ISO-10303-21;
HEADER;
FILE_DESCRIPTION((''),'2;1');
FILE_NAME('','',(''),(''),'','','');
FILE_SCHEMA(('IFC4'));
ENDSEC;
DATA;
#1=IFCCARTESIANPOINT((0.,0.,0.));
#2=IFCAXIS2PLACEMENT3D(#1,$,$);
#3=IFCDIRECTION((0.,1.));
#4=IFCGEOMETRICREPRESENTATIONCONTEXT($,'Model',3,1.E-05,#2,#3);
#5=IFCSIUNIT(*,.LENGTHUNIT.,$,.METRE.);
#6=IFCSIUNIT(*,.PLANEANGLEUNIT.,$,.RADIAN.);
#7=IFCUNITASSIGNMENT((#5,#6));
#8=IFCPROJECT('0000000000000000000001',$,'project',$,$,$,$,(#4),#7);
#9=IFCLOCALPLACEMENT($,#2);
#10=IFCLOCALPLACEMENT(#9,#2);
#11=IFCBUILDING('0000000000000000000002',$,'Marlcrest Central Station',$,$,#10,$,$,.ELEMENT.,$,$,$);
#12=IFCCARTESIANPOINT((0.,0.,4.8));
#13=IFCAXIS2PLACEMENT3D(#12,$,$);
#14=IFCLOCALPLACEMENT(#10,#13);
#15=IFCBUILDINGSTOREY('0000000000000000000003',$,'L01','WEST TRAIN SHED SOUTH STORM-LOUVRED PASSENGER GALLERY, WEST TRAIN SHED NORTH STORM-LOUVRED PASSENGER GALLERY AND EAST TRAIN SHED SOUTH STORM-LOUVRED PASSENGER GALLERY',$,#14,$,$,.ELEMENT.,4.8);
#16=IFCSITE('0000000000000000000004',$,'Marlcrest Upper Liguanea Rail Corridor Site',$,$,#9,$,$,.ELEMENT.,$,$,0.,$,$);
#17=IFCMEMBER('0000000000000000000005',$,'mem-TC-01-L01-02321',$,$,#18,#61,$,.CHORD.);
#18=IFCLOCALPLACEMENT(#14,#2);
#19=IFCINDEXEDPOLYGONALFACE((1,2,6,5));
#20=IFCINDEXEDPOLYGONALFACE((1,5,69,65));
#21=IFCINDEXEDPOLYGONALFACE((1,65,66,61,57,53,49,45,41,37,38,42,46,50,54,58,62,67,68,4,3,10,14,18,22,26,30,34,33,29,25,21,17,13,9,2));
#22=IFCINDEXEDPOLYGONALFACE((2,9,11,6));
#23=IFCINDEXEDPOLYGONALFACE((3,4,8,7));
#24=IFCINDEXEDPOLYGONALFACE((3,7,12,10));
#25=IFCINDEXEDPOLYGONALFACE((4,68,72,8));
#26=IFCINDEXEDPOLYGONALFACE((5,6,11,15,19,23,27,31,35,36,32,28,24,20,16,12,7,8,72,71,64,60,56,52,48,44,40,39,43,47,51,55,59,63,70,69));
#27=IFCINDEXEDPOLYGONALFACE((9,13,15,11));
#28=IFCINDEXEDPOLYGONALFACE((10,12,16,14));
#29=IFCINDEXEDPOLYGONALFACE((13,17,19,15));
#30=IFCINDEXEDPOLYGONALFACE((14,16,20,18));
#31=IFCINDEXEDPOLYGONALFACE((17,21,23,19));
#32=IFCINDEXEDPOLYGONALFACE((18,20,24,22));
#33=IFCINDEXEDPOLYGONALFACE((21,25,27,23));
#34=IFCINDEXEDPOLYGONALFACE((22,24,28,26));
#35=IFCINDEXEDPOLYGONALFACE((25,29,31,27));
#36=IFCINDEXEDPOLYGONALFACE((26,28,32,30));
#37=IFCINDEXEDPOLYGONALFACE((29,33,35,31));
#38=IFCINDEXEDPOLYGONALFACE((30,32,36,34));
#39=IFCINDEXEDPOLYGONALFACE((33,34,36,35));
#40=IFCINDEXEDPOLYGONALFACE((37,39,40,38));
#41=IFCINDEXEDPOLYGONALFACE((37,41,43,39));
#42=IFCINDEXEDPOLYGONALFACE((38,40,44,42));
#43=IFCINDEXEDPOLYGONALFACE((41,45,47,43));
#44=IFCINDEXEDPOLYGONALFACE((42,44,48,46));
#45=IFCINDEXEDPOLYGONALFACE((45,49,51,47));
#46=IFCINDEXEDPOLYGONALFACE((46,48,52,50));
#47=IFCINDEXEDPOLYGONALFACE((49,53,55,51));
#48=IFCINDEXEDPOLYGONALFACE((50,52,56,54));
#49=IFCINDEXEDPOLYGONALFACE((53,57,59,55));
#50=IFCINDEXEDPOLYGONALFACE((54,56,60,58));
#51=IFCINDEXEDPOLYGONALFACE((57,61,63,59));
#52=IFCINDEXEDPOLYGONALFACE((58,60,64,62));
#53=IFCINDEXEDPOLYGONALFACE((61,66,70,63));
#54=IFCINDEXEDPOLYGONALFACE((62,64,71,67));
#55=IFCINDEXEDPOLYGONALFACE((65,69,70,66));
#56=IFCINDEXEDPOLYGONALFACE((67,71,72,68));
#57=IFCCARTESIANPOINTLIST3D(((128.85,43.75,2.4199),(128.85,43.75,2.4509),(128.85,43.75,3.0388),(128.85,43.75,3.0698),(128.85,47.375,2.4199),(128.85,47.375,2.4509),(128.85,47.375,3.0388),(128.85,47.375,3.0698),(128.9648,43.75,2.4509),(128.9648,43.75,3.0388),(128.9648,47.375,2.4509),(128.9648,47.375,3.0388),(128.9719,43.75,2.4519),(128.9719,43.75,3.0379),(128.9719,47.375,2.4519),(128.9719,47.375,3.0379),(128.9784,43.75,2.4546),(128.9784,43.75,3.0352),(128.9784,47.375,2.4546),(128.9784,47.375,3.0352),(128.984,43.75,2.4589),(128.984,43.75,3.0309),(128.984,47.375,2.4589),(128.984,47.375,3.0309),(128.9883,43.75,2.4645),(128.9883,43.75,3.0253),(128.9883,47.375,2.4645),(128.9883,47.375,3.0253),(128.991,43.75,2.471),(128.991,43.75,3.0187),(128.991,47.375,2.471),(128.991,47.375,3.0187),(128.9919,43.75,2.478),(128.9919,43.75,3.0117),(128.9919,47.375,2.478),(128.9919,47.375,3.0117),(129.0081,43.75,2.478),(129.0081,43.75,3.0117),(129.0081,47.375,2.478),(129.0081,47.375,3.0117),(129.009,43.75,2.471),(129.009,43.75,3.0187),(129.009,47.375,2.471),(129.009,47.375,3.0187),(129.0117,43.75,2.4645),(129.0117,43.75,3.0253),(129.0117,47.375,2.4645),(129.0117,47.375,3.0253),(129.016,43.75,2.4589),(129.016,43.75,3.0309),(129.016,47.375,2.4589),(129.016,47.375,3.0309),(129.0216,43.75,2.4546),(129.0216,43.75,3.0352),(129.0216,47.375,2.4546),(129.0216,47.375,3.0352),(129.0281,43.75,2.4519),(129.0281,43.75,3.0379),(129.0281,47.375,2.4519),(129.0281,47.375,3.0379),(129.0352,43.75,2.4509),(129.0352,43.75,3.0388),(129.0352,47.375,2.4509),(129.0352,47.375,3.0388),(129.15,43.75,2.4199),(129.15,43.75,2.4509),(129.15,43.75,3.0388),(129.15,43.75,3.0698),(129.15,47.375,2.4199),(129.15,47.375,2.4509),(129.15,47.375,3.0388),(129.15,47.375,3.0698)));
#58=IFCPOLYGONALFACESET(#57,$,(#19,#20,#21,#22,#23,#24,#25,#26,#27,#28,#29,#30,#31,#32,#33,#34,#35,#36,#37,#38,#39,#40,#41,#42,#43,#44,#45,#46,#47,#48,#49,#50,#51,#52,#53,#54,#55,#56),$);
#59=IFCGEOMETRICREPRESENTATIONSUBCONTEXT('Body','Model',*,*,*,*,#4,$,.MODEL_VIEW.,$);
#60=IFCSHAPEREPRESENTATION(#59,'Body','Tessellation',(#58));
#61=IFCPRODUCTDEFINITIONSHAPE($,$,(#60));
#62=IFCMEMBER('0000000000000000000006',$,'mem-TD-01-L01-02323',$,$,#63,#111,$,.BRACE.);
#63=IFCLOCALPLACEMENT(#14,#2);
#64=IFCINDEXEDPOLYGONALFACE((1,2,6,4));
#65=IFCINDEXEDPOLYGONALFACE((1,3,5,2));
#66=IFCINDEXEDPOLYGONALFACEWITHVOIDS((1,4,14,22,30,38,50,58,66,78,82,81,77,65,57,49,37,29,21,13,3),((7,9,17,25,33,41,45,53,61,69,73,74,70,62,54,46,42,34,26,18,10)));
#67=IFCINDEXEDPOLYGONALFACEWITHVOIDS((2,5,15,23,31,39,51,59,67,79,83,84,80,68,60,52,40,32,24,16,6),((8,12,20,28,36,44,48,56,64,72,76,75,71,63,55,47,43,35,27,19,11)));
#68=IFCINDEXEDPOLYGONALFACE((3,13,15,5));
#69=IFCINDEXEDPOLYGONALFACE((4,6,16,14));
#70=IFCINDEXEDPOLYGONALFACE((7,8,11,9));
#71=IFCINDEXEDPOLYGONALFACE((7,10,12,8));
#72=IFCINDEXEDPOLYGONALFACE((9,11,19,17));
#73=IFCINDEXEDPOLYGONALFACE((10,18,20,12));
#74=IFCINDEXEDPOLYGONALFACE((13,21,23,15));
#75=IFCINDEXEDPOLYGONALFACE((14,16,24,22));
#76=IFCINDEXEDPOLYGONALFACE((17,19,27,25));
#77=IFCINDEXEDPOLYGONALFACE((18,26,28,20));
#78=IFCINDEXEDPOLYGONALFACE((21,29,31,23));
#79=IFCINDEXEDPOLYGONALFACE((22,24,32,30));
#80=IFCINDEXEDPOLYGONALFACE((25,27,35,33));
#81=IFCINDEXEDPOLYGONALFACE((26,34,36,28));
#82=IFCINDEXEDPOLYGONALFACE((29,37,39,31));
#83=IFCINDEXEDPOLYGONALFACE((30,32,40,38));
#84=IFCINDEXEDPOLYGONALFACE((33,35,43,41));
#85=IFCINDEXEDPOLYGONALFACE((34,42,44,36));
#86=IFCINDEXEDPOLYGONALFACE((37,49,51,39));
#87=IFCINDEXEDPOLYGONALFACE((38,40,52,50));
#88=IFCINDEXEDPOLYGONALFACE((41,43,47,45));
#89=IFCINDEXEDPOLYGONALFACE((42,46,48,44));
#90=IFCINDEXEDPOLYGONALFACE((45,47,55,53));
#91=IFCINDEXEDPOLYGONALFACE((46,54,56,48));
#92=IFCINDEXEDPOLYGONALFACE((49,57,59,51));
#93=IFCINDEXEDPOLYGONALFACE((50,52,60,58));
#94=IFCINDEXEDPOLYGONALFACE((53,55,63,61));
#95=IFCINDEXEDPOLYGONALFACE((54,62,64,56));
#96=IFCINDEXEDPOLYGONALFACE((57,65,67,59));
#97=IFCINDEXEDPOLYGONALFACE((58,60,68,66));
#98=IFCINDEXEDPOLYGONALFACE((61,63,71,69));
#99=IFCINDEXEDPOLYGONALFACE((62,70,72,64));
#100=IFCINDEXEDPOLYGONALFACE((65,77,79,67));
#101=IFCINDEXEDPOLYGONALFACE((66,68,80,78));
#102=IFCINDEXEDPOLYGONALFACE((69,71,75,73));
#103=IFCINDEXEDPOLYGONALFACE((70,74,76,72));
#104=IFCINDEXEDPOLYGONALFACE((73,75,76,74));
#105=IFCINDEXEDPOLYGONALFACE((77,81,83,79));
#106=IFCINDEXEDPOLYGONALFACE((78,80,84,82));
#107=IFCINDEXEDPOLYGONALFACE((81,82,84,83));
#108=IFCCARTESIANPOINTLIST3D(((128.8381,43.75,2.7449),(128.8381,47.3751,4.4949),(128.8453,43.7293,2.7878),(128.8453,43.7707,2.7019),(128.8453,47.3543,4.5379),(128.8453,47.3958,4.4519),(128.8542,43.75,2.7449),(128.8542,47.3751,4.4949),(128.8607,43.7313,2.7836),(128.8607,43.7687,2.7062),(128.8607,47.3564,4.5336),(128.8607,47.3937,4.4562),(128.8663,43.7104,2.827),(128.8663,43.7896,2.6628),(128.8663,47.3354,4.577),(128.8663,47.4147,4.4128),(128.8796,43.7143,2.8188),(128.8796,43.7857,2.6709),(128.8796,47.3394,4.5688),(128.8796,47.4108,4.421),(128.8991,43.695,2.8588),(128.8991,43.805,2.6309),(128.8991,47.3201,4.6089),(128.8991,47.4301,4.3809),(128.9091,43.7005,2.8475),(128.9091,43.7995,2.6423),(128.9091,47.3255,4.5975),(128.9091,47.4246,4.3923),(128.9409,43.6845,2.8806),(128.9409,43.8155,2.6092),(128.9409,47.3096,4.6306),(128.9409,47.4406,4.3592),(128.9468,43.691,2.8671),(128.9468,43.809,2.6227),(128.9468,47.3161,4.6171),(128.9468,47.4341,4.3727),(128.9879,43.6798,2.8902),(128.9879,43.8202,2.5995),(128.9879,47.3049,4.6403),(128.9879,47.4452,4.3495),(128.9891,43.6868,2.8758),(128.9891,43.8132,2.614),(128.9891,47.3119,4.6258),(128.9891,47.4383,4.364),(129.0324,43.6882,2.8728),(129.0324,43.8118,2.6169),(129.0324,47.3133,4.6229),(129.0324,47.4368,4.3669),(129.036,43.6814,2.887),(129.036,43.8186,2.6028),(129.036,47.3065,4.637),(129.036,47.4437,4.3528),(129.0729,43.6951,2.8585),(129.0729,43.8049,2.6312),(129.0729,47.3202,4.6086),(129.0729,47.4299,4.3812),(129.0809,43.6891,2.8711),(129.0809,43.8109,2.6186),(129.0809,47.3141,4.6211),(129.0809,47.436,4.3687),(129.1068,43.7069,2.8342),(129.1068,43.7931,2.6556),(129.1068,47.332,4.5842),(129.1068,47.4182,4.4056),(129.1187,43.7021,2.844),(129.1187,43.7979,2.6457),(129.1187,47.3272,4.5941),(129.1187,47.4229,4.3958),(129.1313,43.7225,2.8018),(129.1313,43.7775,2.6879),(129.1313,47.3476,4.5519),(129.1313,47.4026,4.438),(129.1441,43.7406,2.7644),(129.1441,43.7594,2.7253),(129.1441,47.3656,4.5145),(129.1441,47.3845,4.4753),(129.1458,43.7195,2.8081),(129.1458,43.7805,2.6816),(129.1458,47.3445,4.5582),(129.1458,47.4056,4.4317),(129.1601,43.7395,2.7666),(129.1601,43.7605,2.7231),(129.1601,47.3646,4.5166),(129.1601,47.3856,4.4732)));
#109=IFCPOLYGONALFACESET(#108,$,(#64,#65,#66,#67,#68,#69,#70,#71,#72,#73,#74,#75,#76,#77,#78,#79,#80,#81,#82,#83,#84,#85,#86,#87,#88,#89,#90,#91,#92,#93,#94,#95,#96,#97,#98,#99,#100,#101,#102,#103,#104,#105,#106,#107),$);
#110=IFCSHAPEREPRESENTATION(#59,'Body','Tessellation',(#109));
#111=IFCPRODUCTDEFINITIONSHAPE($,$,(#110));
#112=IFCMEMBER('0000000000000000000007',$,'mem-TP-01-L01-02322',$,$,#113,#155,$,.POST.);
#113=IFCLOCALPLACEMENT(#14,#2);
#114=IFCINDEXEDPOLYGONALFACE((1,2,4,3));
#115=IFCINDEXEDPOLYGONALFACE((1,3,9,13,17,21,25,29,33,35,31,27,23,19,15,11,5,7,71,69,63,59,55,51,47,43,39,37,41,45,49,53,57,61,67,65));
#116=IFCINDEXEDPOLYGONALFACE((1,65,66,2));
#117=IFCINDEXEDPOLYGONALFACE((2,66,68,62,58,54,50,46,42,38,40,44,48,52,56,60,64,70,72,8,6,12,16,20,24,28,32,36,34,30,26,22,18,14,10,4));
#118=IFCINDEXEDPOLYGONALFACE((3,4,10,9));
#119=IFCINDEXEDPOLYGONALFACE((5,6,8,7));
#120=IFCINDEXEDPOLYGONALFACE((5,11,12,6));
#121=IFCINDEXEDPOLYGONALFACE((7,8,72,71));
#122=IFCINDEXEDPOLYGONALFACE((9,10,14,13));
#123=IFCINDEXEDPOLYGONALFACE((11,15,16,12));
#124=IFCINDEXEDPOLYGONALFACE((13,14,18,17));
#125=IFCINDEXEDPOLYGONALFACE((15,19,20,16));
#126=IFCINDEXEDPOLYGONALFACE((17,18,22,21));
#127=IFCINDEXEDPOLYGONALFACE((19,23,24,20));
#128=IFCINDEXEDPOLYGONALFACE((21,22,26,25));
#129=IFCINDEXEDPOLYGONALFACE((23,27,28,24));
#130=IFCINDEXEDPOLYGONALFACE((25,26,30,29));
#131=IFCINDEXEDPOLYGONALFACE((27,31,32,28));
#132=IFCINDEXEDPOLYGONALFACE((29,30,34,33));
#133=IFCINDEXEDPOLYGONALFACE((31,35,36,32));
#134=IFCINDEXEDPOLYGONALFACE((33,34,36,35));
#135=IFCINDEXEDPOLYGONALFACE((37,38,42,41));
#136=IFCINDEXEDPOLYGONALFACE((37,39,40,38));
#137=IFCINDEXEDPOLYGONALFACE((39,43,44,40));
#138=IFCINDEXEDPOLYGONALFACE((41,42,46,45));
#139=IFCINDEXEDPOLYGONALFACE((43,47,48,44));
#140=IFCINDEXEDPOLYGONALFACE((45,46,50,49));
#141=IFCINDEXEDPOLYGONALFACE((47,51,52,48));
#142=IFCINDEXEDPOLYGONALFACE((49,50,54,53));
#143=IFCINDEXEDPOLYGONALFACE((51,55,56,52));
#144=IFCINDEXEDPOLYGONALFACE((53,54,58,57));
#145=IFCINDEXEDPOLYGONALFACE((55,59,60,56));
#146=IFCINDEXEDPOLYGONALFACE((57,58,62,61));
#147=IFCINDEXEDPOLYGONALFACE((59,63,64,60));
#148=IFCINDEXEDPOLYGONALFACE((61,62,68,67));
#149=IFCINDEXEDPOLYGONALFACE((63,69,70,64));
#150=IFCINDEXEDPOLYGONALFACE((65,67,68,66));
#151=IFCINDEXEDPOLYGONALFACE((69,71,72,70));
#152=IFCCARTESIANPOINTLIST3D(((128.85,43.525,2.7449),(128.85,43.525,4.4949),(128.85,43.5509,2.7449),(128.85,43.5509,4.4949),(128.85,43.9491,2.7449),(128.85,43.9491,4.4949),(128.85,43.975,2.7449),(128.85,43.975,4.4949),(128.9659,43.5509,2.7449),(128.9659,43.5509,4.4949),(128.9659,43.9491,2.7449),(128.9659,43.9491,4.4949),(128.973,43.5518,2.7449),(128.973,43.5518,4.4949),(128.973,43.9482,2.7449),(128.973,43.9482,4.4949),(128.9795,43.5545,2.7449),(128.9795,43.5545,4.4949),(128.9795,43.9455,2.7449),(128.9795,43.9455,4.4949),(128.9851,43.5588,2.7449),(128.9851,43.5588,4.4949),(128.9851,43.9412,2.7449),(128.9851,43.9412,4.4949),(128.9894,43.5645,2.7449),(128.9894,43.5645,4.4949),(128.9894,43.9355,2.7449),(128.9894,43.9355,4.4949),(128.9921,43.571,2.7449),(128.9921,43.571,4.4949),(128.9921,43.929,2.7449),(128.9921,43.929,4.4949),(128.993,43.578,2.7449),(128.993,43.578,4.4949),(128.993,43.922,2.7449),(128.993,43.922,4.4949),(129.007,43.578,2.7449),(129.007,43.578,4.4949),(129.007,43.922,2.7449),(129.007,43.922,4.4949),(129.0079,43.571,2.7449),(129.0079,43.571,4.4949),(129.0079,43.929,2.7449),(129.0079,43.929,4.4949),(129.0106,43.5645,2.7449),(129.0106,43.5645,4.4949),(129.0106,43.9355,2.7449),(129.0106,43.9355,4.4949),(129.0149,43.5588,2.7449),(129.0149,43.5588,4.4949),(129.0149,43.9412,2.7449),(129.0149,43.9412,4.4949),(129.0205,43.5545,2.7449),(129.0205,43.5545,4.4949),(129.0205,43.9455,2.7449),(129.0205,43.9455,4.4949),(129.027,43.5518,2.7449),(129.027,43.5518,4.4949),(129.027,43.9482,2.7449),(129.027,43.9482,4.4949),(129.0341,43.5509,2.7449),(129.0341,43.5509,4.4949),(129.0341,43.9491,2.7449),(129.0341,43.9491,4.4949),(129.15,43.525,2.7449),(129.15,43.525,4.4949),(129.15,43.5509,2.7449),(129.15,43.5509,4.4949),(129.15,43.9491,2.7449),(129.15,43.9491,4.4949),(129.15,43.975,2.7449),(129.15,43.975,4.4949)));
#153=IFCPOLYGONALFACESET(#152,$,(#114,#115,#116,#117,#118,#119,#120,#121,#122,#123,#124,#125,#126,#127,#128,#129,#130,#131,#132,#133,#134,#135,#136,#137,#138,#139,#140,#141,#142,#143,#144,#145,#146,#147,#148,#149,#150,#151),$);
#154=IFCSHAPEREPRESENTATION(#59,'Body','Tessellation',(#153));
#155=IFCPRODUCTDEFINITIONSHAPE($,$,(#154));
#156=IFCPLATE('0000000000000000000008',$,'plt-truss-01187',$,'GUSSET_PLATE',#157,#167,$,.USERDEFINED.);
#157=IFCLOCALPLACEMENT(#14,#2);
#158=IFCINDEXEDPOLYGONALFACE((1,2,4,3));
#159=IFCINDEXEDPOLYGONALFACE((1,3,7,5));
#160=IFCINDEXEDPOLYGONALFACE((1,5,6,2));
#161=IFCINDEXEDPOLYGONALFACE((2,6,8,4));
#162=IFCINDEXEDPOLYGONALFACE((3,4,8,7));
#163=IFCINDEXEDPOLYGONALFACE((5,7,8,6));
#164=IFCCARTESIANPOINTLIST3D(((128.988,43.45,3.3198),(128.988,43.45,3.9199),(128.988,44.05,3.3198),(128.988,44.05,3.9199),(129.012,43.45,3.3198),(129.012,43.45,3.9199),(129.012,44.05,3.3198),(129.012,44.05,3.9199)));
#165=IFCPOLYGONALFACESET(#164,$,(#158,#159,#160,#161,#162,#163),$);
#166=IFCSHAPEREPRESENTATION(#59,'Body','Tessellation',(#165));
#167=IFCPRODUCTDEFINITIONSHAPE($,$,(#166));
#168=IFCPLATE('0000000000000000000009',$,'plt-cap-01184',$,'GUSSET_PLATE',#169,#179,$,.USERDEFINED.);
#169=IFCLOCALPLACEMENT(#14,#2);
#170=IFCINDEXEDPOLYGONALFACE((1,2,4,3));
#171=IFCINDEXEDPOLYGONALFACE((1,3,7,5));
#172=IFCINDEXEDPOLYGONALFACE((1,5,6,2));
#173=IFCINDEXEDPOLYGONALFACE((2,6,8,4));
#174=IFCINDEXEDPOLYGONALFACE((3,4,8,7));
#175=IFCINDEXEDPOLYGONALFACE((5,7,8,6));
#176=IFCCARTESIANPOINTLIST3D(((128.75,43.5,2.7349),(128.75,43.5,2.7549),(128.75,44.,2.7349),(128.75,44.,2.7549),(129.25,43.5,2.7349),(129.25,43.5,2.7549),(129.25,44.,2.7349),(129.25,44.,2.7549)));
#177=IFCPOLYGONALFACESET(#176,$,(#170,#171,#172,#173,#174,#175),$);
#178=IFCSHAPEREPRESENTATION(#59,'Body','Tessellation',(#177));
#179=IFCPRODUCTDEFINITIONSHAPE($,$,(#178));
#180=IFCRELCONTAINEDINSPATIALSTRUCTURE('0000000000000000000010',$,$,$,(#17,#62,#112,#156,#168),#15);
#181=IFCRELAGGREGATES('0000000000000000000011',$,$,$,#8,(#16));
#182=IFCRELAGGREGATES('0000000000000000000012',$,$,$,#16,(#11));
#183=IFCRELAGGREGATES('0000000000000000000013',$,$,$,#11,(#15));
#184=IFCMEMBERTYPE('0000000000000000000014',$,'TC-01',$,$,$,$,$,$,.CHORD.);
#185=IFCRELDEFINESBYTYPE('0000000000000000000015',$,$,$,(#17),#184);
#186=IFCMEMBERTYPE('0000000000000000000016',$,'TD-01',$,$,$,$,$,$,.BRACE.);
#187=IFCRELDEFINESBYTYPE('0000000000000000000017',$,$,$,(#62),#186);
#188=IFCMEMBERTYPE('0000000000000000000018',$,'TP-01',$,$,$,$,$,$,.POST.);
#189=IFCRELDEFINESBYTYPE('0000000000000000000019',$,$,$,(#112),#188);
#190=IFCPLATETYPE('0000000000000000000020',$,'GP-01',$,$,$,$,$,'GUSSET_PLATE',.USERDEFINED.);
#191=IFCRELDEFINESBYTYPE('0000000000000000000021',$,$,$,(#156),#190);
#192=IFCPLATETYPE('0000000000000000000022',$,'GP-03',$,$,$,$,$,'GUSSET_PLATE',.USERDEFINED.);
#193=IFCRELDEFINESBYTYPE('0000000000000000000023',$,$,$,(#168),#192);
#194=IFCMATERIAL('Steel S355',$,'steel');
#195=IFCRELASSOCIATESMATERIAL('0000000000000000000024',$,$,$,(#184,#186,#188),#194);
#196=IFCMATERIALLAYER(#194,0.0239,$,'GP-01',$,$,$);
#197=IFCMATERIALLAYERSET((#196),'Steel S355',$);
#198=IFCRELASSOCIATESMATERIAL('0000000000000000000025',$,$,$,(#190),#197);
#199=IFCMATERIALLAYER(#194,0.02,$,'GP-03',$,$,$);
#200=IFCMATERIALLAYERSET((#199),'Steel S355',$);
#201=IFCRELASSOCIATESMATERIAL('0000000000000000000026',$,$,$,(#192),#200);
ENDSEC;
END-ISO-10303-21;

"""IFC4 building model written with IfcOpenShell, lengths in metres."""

from ifc_helpers import new_model, si_unit, direction, frame, origin, origin_2d, place, context, subcontext, project, spatial, rectangle, hollow_circle, i_section, extrude, material, layer, layer_set, material_profile, profile_set, type_object, element, save


model = new_model("IFC4")

# Units and contexts
model_context = context("Model", 3, precision=1e-05, world=origin(), true_north=direction((0.0, 1.0)))
body_context = subcontext(model_context, "Body", "Model", "MODEL_VIEW")
ifc_project = project(units=[si_unit("LENGTHUNIT", "METRE"), si_unit("PLANEANGLEUNIT", "RADIAN")], contexts=[model_context])

# Site, building, storey
site_placement = place(None, origin())
site = spatial("IfcSite", under=ifc_project, at=site_placement, Name="Marlcrest Upper Liguanea Rail Corridor Site", CompositionType="ELEMENT", RefElevation=0.0)
building_placement = place(site_placement, origin())
building = spatial("IfcBuilding", under=site, at=building_placement, Name="Marlcrest Central Station", CompositionType="ELEMENT")
storey_placement = place(building_placement, frame((0.0, 0.0, 4.8)))
storey = spatial("IfcBuildingStorey", under=building, at=storey_placement, Name="L01", Description="WEST TRAIN SHED SOUTH STORM-LOUVRED PASSENGER GALLERY, WEST TRAIN SHED NORTH STORM-LOUVRED PASSENGER GALLERY AND EAST TRAIN SHED SOUTH STORM-LOUVRED PASSENGER GALLERY", CompositionType="ELEMENT", Elevation=4.8)

# Shared definitions
ifc_material_1 = material(Name="Steel S355", Category="steel")

# Members
ifc_material_profile_1 = material_profile(ifc_material_1, i_section(OverallWidth=0.3, OverallDepth=0.6499, WebThickness=0.0161, FlangeThickness=0.031, FilletRadius=0.0271, at=origin_2d()), Name="HEB 650")
ifc_profile_set_1 = profile_set([ifc_material_profile_1], Name="Steel S355")
member_type_1 = type_object("IfcMemberType", Name="TC-01", PredefinedType="CHORD", material=ifc_profile_set_1)
member_1_placement = place(storey_placement, frame((129.0, 43.75, 2.7449), z_axis=(0.0, 1.0, 0.0), x_axis=(-1.0, 0.0, 0.0)))
element("IfcMember", 1, at=member_1_placement, inside=storey, type_object=member_type_1, Name="mem-TC-01-L01-02321", PredefinedType="CHORD", context=body_context, shape_type="SweptSolid", body=[
    extrude(i_section(OverallWidth=0.3, OverallDepth=0.6499, WebThickness=0.0161, FlangeThickness=0.031, FilletRadius=0.0271, at=origin_2d()), origin(), (0.0, 0.0, 1.0), 3.625),
])
ifc_material_profile_2 = material_profile(ifc_material_1, hollow_circle(Radius=0.1619, WallThickness=0.0161, at=origin_2d()), Name="CHS 323.9x16")
ifc_profile_set_2 = profile_set([ifc_material_profile_2], Name="Steel S355")
member_type_2 = type_object("IfcMemberType", Name="TD-01", PredefinedType="BRACE", material=ifc_profile_set_2)
member_2_placement = place(storey_placement, frame((129.0, 43.75, 2.7449), z_axis=(0.0, 0.900552, 0.434749), x_axis=(-1.0, 0.0, 0.0)))
element("IfcMember", 2, at=member_2_placement, inside=storey, type_object=member_type_2, Name="mem-TD-01-L01-02323", PredefinedType="BRACE", context=body_context, shape_type="SweptSolid", body=[
    extrude(hollow_circle(Radius=0.1619, WallThickness=0.0161, at=origin_2d()), origin(), (0.0, 0.0, 1.0), 4.0254),
])
ifc_material_profile_3 = material_profile(ifc_material_1, i_section(OverallWidth=0.3, OverallDepth=0.45, WebThickness=0.0139, FlangeThickness=0.0259, FilletRadius=0.0271, at=origin_2d()), Name="HEB 450")
ifc_profile_set_3 = profile_set([ifc_material_profile_3], Name="Steel S355")
member_type_3 = type_object("IfcMemberType", Name="TP-01", PredefinedType="POST", material=ifc_profile_set_3)
member_3_placement = place(storey_placement, frame((129.0, 43.75, 2.7449), z_axis=(0.0, 0.0, 1.0), x_axis=(1.0, 0.0, 0.0)))
element("IfcMember", 3, at=member_3_placement, inside=storey, type_object=member_type_3, Name="mem-TP-01-L01-02322", PredefinedType="POST", context=body_context, shape_type="SweptSolid", body=[
    extrude(i_section(OverallWidth=0.3, OverallDepth=0.45, WebThickness=0.0139, FlangeThickness=0.0259, FilletRadius=0.0271, at=origin_2d()), origin(), (0.0, 0.0, 1.0), 1.75),
])

# Plates
ifc_layer_1 = layer(ifc_material_1, 0.0239, Name="GP-01")
ifc_layer_set_1 = layer_set([ifc_layer_1], Name="Steel S355")
plate_type_1 = type_object("IfcPlateType", Name="GP-01", ElementType="GUSSET_PLATE", PredefinedType="USERDEFINED", material=ifc_layer_set_1)
plate_1_placement = place(storey_placement, frame((129.0, 43.75, 3.3198), z_axis=(0.0, 0.0, 1.0), x_axis=(1.0, 0.0, 0.0)))
element("IfcPlate", 4, at=plate_1_placement, inside=storey, type_object=plate_type_1, Name="plt-truss-01187", ObjectType="GUSSET_PLATE", PredefinedType="USERDEFINED", context=body_context, shape_type="SweptSolid", body=[
    extrude(rectangle(XDim=0.0239, YDim=0.6001, at=origin_2d()), origin(), (0.0, 0.0, 1.0), 0.6001),
])
ifc_layer_2 = layer(ifc_material_1, 0.02, Name="GP-03")
ifc_layer_set_2 = layer_set([ifc_layer_2], Name="Steel S355")
plate_type_2 = type_object("IfcPlateType", Name="GP-03", ElementType="GUSSET_PLATE", PredefinedType="USERDEFINED", material=ifc_layer_set_2)
plate_2_placement = place(storey_placement, frame((129.0, 43.75, 2.7349), z_axis=(0.0, 0.0, 1.0), x_axis=(1.0, 0.0, 0.0)))
element("IfcPlate", 5, at=plate_2_placement, inside=storey, type_object=plate_type_2, Name="plt-cap-01184", ObjectType="GUSSET_PLATE", PredefinedType="USERDEFINED", context=body_context, shape_type="SweptSolid", body=[
    extrude(rectangle(XDim=0.5, YDim=0.5, at=origin_2d()), origin(), (0.0, 0.0, 1.0), 0.02),
])

save(model, "model.ifc")
